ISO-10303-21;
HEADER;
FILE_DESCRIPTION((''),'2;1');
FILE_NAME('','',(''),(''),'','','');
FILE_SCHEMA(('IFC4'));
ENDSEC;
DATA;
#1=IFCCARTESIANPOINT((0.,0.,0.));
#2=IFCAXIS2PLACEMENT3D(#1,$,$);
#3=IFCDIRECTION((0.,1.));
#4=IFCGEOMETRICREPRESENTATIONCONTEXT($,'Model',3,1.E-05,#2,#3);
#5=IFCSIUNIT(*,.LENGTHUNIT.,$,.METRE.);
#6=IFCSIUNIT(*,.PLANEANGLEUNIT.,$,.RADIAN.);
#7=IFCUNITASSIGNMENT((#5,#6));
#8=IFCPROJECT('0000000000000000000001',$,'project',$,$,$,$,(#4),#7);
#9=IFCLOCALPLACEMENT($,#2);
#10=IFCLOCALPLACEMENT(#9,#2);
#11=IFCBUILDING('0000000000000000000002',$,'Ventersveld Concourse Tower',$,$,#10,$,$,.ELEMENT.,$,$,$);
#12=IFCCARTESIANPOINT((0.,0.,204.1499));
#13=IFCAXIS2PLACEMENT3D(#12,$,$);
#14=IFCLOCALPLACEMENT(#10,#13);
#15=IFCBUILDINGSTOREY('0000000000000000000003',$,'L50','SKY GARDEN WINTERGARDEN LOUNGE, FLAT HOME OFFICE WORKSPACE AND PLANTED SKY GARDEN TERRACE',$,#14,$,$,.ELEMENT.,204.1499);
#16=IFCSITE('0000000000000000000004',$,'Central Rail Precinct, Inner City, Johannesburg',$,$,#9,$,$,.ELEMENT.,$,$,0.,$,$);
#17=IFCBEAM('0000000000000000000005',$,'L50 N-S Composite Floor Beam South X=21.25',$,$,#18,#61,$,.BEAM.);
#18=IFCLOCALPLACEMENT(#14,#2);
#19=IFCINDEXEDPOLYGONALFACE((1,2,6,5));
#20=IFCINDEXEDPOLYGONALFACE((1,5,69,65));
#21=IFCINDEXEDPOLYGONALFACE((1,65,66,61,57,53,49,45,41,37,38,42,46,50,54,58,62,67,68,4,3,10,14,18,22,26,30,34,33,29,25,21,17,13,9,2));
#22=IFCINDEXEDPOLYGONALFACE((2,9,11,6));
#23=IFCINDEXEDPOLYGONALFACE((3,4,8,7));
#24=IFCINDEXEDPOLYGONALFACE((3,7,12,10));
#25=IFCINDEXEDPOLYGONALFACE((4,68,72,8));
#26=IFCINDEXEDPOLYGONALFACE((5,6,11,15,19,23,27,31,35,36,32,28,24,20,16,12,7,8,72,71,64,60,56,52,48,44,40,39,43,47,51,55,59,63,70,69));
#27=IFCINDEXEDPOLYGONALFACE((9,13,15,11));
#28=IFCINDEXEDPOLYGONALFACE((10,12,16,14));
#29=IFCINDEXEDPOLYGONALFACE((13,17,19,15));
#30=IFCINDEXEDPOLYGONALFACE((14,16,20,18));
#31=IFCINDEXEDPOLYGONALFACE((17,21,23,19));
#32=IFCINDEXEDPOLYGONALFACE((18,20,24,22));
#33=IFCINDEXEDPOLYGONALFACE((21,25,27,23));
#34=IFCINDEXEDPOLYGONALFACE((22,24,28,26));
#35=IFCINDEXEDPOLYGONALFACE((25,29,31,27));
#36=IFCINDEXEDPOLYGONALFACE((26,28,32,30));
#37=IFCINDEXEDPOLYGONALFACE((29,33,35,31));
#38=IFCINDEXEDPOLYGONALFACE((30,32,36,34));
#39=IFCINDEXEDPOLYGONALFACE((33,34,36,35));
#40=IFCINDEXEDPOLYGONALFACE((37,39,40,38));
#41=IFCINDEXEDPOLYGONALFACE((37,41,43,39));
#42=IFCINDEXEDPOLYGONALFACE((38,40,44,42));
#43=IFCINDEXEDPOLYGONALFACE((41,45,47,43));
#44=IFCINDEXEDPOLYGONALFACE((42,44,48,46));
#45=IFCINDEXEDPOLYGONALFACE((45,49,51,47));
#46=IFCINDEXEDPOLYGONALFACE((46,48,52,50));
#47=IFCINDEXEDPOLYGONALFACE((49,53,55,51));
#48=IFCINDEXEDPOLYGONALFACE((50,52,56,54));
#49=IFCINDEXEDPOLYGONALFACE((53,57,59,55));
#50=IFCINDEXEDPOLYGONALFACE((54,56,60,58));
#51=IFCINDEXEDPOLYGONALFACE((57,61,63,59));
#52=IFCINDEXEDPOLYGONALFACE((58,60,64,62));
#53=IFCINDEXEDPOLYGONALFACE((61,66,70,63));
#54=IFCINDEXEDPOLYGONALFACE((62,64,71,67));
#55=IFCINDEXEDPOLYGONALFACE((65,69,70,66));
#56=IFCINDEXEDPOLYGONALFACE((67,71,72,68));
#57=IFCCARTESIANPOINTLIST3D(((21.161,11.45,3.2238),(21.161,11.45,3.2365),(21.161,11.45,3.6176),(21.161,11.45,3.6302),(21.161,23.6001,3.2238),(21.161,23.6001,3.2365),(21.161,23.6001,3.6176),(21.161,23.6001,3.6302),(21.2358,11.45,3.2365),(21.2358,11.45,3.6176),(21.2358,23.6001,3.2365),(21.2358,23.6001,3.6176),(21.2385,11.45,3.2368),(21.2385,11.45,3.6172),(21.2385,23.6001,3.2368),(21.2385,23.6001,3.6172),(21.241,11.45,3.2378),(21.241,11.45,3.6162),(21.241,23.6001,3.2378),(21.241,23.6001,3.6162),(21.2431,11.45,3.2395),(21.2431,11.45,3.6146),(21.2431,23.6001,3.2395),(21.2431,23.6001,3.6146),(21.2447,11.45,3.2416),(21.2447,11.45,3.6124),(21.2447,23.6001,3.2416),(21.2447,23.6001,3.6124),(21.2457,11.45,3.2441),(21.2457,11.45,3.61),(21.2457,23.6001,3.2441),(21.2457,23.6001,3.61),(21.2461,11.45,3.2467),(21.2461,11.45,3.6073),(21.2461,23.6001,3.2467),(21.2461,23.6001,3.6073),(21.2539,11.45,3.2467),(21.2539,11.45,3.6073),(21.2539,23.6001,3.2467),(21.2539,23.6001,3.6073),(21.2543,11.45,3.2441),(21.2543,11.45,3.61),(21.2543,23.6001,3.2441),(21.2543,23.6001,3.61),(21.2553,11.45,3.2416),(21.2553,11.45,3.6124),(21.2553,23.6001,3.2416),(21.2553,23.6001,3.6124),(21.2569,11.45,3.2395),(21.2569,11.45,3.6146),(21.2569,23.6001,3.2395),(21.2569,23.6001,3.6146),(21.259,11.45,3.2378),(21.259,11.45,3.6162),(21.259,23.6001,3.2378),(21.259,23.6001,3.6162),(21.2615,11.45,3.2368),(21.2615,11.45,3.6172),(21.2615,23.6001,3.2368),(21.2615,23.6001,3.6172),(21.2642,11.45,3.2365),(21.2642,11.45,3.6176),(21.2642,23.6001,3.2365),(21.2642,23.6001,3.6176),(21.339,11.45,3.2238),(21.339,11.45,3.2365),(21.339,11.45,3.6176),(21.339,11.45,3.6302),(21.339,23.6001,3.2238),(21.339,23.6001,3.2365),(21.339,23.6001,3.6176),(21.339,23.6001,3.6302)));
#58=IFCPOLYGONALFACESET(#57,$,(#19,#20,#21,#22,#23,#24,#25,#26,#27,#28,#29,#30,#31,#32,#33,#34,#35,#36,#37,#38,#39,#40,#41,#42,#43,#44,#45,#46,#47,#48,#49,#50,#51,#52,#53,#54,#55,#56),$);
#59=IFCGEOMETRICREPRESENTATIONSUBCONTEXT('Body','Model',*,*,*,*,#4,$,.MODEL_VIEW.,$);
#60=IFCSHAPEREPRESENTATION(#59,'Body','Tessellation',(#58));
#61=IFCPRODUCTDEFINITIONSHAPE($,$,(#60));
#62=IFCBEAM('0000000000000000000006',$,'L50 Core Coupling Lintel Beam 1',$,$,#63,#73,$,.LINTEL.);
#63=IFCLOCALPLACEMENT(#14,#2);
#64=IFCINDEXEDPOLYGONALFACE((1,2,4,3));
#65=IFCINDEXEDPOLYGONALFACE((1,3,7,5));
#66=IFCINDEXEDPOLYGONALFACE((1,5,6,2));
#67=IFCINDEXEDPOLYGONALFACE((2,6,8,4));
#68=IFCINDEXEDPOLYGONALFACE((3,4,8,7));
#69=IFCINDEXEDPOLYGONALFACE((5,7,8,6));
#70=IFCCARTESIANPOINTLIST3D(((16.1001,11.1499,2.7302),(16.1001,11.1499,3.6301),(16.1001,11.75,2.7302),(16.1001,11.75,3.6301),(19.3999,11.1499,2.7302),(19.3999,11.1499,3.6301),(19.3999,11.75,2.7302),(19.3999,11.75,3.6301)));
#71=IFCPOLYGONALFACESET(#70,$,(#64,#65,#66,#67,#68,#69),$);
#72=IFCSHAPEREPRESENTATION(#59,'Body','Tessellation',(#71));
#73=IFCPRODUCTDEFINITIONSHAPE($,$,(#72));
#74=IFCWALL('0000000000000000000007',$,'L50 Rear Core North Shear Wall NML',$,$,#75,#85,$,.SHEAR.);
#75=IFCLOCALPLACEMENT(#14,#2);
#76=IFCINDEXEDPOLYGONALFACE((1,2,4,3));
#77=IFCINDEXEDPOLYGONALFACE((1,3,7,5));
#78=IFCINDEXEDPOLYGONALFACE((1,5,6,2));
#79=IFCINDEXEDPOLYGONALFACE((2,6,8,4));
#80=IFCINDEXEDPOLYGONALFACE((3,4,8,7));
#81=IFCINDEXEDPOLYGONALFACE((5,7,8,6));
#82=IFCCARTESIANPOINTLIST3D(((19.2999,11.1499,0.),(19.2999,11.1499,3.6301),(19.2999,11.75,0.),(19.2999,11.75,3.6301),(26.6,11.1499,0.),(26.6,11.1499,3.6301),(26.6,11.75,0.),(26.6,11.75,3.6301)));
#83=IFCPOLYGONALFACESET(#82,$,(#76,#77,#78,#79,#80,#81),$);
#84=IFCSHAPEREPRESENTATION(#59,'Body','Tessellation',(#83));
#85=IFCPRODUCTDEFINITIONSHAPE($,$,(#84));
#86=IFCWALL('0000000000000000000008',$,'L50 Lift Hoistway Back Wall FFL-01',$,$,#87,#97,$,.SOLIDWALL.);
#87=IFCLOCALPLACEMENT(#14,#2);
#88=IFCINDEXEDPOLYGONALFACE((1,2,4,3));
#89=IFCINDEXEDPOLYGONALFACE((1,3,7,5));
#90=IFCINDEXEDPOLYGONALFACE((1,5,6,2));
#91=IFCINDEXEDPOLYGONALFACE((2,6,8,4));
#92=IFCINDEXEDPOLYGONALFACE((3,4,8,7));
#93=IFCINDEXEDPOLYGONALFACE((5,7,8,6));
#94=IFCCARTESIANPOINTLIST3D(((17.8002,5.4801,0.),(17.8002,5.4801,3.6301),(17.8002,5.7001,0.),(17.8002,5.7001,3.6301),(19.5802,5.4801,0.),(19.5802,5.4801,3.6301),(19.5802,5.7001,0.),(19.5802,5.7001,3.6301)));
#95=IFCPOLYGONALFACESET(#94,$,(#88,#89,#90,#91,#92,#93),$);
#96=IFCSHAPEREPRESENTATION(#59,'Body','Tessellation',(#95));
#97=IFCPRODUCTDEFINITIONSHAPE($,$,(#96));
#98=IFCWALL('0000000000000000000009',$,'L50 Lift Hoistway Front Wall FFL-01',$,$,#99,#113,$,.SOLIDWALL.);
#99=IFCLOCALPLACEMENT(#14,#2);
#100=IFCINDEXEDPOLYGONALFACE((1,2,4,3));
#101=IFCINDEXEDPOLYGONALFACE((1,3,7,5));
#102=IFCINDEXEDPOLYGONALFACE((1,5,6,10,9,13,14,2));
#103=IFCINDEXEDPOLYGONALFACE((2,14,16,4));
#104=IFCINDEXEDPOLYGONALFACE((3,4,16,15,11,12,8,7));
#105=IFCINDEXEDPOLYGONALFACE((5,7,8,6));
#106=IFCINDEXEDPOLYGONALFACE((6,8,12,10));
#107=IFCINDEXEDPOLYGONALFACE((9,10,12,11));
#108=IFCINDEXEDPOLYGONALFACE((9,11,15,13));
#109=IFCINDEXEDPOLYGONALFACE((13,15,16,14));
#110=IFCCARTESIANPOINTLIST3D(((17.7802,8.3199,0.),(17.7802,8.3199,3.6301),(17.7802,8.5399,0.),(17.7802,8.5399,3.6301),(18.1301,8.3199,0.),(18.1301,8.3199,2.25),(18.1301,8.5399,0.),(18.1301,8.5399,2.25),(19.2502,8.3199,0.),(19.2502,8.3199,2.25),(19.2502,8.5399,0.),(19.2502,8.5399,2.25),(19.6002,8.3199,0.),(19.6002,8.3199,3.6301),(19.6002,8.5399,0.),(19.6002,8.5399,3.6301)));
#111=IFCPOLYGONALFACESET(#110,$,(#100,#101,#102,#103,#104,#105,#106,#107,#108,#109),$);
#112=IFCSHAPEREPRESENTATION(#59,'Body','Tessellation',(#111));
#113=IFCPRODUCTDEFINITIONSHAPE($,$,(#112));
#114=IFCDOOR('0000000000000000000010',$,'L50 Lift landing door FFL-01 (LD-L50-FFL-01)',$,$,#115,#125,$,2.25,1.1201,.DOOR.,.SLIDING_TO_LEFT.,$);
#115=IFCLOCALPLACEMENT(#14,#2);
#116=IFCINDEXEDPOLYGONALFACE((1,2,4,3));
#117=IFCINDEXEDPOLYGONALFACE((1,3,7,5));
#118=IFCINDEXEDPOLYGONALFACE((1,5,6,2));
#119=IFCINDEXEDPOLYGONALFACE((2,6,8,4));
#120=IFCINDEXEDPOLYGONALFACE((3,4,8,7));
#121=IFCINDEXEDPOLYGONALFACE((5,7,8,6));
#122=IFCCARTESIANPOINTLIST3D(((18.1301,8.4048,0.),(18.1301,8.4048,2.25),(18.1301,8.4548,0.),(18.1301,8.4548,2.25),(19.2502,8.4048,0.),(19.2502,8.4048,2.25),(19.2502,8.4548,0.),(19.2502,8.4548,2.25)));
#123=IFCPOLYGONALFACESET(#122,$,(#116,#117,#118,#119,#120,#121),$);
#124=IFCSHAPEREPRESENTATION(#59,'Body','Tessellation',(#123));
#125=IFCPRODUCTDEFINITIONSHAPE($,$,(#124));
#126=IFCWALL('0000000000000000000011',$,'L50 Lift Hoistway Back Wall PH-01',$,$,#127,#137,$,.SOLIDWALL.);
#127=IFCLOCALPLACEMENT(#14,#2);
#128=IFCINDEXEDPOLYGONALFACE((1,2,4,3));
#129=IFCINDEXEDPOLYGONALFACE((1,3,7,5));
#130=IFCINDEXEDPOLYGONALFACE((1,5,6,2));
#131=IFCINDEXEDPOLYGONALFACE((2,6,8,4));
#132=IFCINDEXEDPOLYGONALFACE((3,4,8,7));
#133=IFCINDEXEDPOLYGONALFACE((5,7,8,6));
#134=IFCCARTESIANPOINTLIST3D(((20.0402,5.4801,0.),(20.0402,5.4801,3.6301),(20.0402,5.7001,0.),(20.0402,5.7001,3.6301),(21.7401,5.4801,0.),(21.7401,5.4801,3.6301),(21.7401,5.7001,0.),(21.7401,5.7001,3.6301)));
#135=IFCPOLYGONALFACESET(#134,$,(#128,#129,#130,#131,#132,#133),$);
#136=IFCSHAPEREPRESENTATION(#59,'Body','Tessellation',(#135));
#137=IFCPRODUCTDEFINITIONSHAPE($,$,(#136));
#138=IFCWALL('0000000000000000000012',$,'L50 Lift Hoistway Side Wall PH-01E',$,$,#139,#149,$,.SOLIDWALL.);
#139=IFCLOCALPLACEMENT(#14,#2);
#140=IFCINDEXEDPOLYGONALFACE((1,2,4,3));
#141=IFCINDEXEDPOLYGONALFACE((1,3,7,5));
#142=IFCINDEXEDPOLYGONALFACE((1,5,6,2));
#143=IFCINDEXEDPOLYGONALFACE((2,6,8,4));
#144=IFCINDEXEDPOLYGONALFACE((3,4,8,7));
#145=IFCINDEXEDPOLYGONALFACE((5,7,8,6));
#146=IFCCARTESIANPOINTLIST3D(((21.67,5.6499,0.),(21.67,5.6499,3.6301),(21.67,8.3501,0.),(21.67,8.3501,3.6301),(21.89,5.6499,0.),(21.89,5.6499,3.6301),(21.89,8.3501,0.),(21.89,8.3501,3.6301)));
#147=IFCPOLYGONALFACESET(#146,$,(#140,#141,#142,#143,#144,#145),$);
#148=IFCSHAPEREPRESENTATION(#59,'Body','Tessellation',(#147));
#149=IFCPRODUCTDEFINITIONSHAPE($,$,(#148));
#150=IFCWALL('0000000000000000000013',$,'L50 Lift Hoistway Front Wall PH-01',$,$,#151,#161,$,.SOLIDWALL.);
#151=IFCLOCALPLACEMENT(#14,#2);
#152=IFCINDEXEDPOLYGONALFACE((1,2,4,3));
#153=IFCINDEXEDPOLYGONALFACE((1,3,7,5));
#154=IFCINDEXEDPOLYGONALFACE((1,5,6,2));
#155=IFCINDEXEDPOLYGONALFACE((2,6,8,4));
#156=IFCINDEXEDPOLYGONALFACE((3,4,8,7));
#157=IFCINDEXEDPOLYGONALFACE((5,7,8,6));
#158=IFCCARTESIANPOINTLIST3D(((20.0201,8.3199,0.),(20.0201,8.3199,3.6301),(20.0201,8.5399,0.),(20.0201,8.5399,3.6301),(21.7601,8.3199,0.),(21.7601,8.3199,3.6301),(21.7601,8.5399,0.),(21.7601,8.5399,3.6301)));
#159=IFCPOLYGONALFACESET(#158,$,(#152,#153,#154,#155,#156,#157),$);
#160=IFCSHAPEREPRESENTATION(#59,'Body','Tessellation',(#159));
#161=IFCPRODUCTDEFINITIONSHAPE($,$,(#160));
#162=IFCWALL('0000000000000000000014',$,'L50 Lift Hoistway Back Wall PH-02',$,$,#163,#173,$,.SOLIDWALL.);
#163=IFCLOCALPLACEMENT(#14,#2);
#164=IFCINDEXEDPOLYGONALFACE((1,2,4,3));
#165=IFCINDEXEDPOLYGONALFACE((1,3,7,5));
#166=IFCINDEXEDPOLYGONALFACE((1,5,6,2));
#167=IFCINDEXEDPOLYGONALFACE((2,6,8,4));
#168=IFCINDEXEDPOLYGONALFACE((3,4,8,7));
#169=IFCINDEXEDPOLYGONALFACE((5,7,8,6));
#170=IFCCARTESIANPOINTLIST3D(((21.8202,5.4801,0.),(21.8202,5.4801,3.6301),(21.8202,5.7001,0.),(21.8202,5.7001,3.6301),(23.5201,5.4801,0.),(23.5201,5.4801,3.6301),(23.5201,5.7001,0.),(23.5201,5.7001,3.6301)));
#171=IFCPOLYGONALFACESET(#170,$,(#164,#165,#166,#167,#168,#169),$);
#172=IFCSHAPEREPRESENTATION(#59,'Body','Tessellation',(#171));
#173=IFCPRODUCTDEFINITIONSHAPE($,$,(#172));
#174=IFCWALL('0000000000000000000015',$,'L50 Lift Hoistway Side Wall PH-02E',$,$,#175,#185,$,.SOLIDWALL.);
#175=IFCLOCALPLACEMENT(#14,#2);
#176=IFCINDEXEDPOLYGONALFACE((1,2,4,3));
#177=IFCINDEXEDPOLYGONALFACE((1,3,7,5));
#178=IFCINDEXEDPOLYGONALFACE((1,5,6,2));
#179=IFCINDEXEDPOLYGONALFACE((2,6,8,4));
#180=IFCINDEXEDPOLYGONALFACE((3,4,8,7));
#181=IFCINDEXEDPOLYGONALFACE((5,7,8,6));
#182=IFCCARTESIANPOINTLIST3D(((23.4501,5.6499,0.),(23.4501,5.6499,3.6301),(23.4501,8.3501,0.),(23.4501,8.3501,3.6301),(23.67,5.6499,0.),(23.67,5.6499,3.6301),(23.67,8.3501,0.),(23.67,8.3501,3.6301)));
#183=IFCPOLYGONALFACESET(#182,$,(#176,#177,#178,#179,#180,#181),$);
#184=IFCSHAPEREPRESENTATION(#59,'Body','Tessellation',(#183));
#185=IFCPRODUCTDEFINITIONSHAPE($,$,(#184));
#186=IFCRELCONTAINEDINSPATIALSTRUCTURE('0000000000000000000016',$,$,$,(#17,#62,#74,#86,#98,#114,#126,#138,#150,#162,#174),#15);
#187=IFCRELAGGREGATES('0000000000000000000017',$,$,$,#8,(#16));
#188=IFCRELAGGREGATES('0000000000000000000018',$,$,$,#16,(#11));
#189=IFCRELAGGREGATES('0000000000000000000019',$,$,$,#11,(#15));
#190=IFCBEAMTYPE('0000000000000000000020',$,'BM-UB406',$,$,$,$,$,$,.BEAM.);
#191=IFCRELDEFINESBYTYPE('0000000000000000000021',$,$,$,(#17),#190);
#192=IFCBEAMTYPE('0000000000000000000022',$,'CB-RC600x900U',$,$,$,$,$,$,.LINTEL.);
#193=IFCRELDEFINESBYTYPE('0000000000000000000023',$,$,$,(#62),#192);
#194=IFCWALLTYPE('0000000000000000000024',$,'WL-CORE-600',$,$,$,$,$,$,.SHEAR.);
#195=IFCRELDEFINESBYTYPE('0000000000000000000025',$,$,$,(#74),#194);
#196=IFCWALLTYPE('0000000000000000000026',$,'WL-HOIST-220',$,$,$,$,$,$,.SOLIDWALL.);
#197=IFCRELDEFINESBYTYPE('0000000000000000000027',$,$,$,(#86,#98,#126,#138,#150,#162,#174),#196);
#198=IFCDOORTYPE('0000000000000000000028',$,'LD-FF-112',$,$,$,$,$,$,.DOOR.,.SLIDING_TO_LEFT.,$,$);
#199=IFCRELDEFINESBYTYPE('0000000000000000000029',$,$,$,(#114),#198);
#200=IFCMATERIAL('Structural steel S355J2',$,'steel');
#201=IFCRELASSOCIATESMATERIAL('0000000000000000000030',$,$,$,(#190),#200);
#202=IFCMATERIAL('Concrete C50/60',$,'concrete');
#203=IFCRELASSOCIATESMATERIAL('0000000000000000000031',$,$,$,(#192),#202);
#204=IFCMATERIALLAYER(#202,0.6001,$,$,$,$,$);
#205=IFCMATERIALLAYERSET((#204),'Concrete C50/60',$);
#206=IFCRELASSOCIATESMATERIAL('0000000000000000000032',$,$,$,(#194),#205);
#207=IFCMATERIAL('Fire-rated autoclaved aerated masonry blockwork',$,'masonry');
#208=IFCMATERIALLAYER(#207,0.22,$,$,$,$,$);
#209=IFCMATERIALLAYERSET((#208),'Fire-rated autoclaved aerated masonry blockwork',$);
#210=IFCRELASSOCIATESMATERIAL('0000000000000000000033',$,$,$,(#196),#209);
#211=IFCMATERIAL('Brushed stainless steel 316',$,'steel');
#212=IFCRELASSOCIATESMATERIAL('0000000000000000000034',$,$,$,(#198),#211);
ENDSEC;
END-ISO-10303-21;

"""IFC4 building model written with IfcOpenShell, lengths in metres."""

from ifc_helpers import new_model, si_unit, direction, frame, frame_2d, origin, origin_2d, place, context, subcontext, project, spatial, rectangle, i_section, extrude, material, layer, layer_set, material_profile, profile_set, type_object, element, fill, save


model = new_model("IFC4")

# Units and contexts
model_context = context("Model", 3, precision=1e-05, world=origin(), true_north=direction((0.0, 1.0)))
body_context = subcontext(model_context, "Body", "Model", "MODEL_VIEW")
ifc_project = project(units=[si_unit("LENGTHUNIT", "METRE"), si_unit("PLANEANGLEUNIT", "RADIAN")], contexts=[model_context])

# Site, building, storey
site_placement = place(None, origin())
site = spatial("IfcSite", under=ifc_project, at=site_placement, Name="Central Rail Precinct, Inner City, Johannesburg", CompositionType="ELEMENT", RefElevation=0.0)
building_placement = place(site_placement, origin())
building = spatial("IfcBuilding", under=site, at=building_placement, Name="Ventersveld Concourse Tower", CompositionType="ELEMENT")
storey_placement = place(building_placement, frame((0.0, 0.0, 204.1499)))
storey = spatial("IfcBuildingStorey", under=building, at=storey_placement, Name="L50", Description="SKY GARDEN WINTERGARDEN LOUNGE, FLAT HOME OFFICE WORKSPACE AND PLANTED SKY GARDEN TERRACE", CompositionType="ELEMENT", Elevation=204.1499)

# Beams
ifc_material_1 = material(Name="Structural steel S355J2", Category="steel")
ifc_material_profile_1 = material_profile(ifc_material_1, i_section(OverallWidth=0.178, OverallDepth=0.4065, WebThickness=0.0078, FlangeThickness=0.0127, FilletRadius=0.0103, at=origin_2d()), Name="UB 406x178x60")
ifc_profile_set_1 = profile_set([ifc_material_profile_1], Name="Structural steel S355J2")
beam_type_1 = type_object("IfcBeamType", Name="BM-UB406", PredefinedType="BEAM", material=ifc_profile_set_1)
beam_1_placement = place(storey_placement, frame((21.25, 11.45, 3.427), z_axis=(0.0, 1.0, 0.0), x_axis=(-1.0, 0.0, 0.0)))
element("IfcBeam", 1, at=beam_1_placement, inside=storey, type_object=beam_type_1, Name="L50 N-S Composite Floor Beam South X=21.25", PredefinedType="BEAM", context=body_context, shape_type="SweptSolid", body=[
    extrude(i_section(OverallWidth=0.178, OverallDepth=0.4065, WebThickness=0.0078, FlangeThickness=0.0127, FilletRadius=0.0103, at=origin_2d()), origin(), (0.0, 0.0, 1.0), 12.1501),
])
ifc_material_2 = material(Name="Concrete C50/60", Category="concrete")
ifc_material_profile_2 = material_profile(ifc_material_2, rectangle(XDim=0.6001, YDim=0.8999, at=origin_2d()), Name="RC 600x900")
ifc_profile_set_2 = profile_set([ifc_material_profile_2], Name="Concrete C50/60")
beam_type_2 = type_object("IfcBeamType", Name="CB-RC600x900U", PredefinedType="LINTEL", material=ifc_profile_set_2)
beam_2_placement = place(storey_placement, frame((16.1001, 11.45, 3.1802), z_axis=(1.0, 0.0, 0.0), x_axis=(0.0, 1.0, 0.0)))
element("IfcBeam", 2, at=beam_2_placement, inside=storey, type_object=beam_type_2, Name="L50 Core Coupling Lintel Beam 1", PredefinedType="LINTEL", context=body_context, shape_type="SweptSolid", body=[
    extrude(rectangle(XDim=0.6001, YDim=0.8999, at=origin_2d()), origin(), (0.0, 0.0, 1.0), 3.2998),
])

# Walls
ifc_layer_1 = layer(ifc_material_2, 0.6001)
ifc_layer_set_1 = layer_set([ifc_layer_1], Name="Concrete C50/60")
wall_type_1 = type_object("IfcWallType", Name="WL-CORE-600", PredefinedType="SHEAR", material=ifc_layer_set_1)
wall_1_placement = place(storey_placement, frame((19.3, 11.45, 0.0), z_axis=(0.0, 0.0, 1.0), x_axis=(1.0, 0.0, 0.0)))
element("IfcWall", 3, at=wall_1_placement, inside=storey, type_object=wall_type_1, Name="L50 Rear Core North Shear Wall NML", PredefinedType="SHEAR", context=body_context, shape_type="SweptSolid", body=[
    extrude(rectangle(XDim=7.3, YDim=0.6001, at=frame_2d((3.6499, 0.0))), origin(), (0.0, 0.0, 1.0), 3.6301),
])
ifc_material_3 = material(Name="Fire-rated autoclaved aerated masonry blockwork", Category="masonry")
ifc_layer_2 = layer(ifc_material_3, 0.22)
ifc_layer_set_2 = layer_set([ifc_layer_2], Name="Fire-rated autoclaved aerated masonry blockwork")
wall_type_2 = type_object("IfcWallType", Name="WL-HOIST-220", PredefinedType="SOLIDWALL", material=ifc_layer_set_2)
wall_2_placement = place(storey_placement, frame((17.8, 5.5901, 0.0), z_axis=(0.0, 0.0, 1.0), x_axis=(1.0, 0.0, 0.0)))
element("IfcWall", 4, at=wall_2_placement, inside=storey, type_object=wall_type_2, Name="L50 Lift Hoistway Back Wall FFL-01", PredefinedType="SOLIDWALL", context=body_context, shape_type="SweptSolid", body=[
    extrude(rectangle(XDim=1.78, YDim=0.22, at=frame_2d((0.8901, 0.0))), origin(), (0.0, 0.0, 1.0), 3.6301),
])

# Wall, opening, door
wall_3_placement = place(storey_placement, frame((17.78, 8.4299, 0.0), z_axis=(0.0, 0.0, 1.0), x_axis=(1.0, 0.0, 0.0)))
wall_3 = element("IfcWall", 5, at=wall_3_placement, inside=storey, type_object=wall_type_2, Name="L50 Lift Hoistway Front Wall FFL-01", PredefinedType="SOLIDWALL", context=body_context, shape_type="SweptSolid", body=[
    extrude(rectangle(XDim=1.8201, YDim=0.22, at=frame_2d((0.9102, 0.0))), origin(), (0.0, 0.0, 1.0), 3.6301),
])
opening_1_placement = place(wall_3_placement, frame((0.3501, 0.0, 0.0)))
opening_1 = element("IfcOpeningElement", 6, at=opening_1_placement, cuts=wall_3, PredefinedType="OPENING", context=body_context, shape_type="SweptSolid", body=[
    extrude(rectangle(XDim=1.1201, YDim=2.25, at=frame_2d((0.5601, 1.125))), frame((0.0, 0.1201, 0.0), z_axis=(0.0, -1.0, 0.0), x_axis=(1.0, 0.0, 0.0)), (0.0, 0.0, 1.0), 0.24),
])
ifc_material_4 = material(Name="Brushed stainless steel 316", Category="steel")
door_type_1 = type_object("IfcDoorType", Name="LD-FF-112", OperationType="SLIDING_TO_LEFT", PredefinedType="DOOR", material=ifc_material_4)
door_1_placement = place(opening_1_placement, origin())
door_1 = element("IfcDoor", 7, at=door_1_placement, inside=storey, type_object=door_type_1, Name="L50 Lift landing door FFL-01 (LD-L50-FFL-01)", OperationType="SLIDING_TO_LEFT", OverallHeight=2.25, OverallWidth=1.1201, PredefinedType="DOOR", context=body_context, shape_type="SweptSolid", body=[
    extrude(rectangle(XDim=1.1201, YDim=2.25, at=frame_2d((0.5601, 1.125))), frame((0.0, 0.0249, 0.0), z_axis=(0.0, -1.0, 0.0), x_axis=(1.0, 0.0, 0.0)), (0.0, 0.0, 1.0), 0.05),
])
fill(opening_1, door_1)

# Walls
wall_4_placement = place(storey_placement, frame((20.04, 5.5901, 0.0), z_axis=(0.0, 0.0, 1.0), x_axis=(1.0, 0.0, 0.0)))
element("IfcWall", 8, at=wall_4_placement, inside=storey, type_object=wall_type_2, Name="L50 Lift Hoistway Back Wall PH-01", PredefinedType="SOLIDWALL", context=body_context, shape_type="SweptSolid", body=[
    extrude(rectangle(XDim=1.7, YDim=0.22, at=frame_2d((0.8501, 0.0))), origin(), (0.0, 0.0, 1.0), 3.6301),
])
wall_5_placement = place(storey_placement, frame((21.78, 5.6499, 0.0), z_axis=(0.0, 0.0, 1.0), x_axis=(0.0, 1.0, 0.0)))
element("IfcWall", 9, at=wall_5_placement, inside=storey, type_object=wall_type_2, Name="L50 Lift Hoistway Side Wall PH-01E", PredefinedType="SOLIDWALL", context=body_context, shape_type="SweptSolid", body=[
    extrude(rectangle(XDim=2.7002, YDim=0.22, at=frame_2d((1.3501, 0.0))), origin(), (0.0, 0.0, 1.0), 3.6301),
])
wall_6_placement = place(storey_placement, frame((20.02, 8.4299, 0.0), z_axis=(0.0, 0.0, 1.0), x_axis=(1.0, 0.0, 0.0)))
element("IfcWall", 10, at=wall_6_placement, inside=storey, type_object=wall_type_2, Name="L50 Lift Hoistway Front Wall PH-01", PredefinedType="SOLIDWALL", context=body_context, shape_type="SweptSolid", body=[
    extrude(rectangle(XDim=1.74, YDim=0.22, at=frame_2d((0.8701, 0.0))), origin(), (0.0, 0.0, 1.0), 3.6301),
])
wall_7_placement = place(storey_placement, frame((21.8201, 5.5901, 0.0), z_axis=(0.0, 0.0, 1.0), x_axis=(1.0, 0.0, 0.0)))
element("IfcWall", 11, at=wall_7_placement, inside=storey, type_object=wall_type_2, Name="L50 Lift Hoistway Back Wall PH-02", PredefinedType="SOLIDWALL", context=body_context, shape_type="SweptSolid", body=[
    extrude(rectangle(XDim=1.7, YDim=0.22, at=frame_2d((0.8501, 0.0))), origin(), (0.0, 0.0, 1.0), 3.6301),
])
wall_8_placement = place(storey_placement, frame((23.5601, 5.6499, 0.0), z_axis=(0.0, 0.0, 1.0), x_axis=(0.0, 1.0, 0.0)))
element("IfcWall", 12, at=wall_8_placement, inside=storey, type_object=wall_type_2, Name="L50 Lift Hoistway Side Wall PH-02E", PredefinedType="SOLIDWALL", context=body_context, shape_type="SweptSolid", body=[
    extrude(rectangle(XDim=2.7002, YDim=0.22, at=frame_2d((1.3501, 0.0))), origin(), (0.0, 0.0, 1.0), 3.6301),
])

save(model, "model.ifc")
